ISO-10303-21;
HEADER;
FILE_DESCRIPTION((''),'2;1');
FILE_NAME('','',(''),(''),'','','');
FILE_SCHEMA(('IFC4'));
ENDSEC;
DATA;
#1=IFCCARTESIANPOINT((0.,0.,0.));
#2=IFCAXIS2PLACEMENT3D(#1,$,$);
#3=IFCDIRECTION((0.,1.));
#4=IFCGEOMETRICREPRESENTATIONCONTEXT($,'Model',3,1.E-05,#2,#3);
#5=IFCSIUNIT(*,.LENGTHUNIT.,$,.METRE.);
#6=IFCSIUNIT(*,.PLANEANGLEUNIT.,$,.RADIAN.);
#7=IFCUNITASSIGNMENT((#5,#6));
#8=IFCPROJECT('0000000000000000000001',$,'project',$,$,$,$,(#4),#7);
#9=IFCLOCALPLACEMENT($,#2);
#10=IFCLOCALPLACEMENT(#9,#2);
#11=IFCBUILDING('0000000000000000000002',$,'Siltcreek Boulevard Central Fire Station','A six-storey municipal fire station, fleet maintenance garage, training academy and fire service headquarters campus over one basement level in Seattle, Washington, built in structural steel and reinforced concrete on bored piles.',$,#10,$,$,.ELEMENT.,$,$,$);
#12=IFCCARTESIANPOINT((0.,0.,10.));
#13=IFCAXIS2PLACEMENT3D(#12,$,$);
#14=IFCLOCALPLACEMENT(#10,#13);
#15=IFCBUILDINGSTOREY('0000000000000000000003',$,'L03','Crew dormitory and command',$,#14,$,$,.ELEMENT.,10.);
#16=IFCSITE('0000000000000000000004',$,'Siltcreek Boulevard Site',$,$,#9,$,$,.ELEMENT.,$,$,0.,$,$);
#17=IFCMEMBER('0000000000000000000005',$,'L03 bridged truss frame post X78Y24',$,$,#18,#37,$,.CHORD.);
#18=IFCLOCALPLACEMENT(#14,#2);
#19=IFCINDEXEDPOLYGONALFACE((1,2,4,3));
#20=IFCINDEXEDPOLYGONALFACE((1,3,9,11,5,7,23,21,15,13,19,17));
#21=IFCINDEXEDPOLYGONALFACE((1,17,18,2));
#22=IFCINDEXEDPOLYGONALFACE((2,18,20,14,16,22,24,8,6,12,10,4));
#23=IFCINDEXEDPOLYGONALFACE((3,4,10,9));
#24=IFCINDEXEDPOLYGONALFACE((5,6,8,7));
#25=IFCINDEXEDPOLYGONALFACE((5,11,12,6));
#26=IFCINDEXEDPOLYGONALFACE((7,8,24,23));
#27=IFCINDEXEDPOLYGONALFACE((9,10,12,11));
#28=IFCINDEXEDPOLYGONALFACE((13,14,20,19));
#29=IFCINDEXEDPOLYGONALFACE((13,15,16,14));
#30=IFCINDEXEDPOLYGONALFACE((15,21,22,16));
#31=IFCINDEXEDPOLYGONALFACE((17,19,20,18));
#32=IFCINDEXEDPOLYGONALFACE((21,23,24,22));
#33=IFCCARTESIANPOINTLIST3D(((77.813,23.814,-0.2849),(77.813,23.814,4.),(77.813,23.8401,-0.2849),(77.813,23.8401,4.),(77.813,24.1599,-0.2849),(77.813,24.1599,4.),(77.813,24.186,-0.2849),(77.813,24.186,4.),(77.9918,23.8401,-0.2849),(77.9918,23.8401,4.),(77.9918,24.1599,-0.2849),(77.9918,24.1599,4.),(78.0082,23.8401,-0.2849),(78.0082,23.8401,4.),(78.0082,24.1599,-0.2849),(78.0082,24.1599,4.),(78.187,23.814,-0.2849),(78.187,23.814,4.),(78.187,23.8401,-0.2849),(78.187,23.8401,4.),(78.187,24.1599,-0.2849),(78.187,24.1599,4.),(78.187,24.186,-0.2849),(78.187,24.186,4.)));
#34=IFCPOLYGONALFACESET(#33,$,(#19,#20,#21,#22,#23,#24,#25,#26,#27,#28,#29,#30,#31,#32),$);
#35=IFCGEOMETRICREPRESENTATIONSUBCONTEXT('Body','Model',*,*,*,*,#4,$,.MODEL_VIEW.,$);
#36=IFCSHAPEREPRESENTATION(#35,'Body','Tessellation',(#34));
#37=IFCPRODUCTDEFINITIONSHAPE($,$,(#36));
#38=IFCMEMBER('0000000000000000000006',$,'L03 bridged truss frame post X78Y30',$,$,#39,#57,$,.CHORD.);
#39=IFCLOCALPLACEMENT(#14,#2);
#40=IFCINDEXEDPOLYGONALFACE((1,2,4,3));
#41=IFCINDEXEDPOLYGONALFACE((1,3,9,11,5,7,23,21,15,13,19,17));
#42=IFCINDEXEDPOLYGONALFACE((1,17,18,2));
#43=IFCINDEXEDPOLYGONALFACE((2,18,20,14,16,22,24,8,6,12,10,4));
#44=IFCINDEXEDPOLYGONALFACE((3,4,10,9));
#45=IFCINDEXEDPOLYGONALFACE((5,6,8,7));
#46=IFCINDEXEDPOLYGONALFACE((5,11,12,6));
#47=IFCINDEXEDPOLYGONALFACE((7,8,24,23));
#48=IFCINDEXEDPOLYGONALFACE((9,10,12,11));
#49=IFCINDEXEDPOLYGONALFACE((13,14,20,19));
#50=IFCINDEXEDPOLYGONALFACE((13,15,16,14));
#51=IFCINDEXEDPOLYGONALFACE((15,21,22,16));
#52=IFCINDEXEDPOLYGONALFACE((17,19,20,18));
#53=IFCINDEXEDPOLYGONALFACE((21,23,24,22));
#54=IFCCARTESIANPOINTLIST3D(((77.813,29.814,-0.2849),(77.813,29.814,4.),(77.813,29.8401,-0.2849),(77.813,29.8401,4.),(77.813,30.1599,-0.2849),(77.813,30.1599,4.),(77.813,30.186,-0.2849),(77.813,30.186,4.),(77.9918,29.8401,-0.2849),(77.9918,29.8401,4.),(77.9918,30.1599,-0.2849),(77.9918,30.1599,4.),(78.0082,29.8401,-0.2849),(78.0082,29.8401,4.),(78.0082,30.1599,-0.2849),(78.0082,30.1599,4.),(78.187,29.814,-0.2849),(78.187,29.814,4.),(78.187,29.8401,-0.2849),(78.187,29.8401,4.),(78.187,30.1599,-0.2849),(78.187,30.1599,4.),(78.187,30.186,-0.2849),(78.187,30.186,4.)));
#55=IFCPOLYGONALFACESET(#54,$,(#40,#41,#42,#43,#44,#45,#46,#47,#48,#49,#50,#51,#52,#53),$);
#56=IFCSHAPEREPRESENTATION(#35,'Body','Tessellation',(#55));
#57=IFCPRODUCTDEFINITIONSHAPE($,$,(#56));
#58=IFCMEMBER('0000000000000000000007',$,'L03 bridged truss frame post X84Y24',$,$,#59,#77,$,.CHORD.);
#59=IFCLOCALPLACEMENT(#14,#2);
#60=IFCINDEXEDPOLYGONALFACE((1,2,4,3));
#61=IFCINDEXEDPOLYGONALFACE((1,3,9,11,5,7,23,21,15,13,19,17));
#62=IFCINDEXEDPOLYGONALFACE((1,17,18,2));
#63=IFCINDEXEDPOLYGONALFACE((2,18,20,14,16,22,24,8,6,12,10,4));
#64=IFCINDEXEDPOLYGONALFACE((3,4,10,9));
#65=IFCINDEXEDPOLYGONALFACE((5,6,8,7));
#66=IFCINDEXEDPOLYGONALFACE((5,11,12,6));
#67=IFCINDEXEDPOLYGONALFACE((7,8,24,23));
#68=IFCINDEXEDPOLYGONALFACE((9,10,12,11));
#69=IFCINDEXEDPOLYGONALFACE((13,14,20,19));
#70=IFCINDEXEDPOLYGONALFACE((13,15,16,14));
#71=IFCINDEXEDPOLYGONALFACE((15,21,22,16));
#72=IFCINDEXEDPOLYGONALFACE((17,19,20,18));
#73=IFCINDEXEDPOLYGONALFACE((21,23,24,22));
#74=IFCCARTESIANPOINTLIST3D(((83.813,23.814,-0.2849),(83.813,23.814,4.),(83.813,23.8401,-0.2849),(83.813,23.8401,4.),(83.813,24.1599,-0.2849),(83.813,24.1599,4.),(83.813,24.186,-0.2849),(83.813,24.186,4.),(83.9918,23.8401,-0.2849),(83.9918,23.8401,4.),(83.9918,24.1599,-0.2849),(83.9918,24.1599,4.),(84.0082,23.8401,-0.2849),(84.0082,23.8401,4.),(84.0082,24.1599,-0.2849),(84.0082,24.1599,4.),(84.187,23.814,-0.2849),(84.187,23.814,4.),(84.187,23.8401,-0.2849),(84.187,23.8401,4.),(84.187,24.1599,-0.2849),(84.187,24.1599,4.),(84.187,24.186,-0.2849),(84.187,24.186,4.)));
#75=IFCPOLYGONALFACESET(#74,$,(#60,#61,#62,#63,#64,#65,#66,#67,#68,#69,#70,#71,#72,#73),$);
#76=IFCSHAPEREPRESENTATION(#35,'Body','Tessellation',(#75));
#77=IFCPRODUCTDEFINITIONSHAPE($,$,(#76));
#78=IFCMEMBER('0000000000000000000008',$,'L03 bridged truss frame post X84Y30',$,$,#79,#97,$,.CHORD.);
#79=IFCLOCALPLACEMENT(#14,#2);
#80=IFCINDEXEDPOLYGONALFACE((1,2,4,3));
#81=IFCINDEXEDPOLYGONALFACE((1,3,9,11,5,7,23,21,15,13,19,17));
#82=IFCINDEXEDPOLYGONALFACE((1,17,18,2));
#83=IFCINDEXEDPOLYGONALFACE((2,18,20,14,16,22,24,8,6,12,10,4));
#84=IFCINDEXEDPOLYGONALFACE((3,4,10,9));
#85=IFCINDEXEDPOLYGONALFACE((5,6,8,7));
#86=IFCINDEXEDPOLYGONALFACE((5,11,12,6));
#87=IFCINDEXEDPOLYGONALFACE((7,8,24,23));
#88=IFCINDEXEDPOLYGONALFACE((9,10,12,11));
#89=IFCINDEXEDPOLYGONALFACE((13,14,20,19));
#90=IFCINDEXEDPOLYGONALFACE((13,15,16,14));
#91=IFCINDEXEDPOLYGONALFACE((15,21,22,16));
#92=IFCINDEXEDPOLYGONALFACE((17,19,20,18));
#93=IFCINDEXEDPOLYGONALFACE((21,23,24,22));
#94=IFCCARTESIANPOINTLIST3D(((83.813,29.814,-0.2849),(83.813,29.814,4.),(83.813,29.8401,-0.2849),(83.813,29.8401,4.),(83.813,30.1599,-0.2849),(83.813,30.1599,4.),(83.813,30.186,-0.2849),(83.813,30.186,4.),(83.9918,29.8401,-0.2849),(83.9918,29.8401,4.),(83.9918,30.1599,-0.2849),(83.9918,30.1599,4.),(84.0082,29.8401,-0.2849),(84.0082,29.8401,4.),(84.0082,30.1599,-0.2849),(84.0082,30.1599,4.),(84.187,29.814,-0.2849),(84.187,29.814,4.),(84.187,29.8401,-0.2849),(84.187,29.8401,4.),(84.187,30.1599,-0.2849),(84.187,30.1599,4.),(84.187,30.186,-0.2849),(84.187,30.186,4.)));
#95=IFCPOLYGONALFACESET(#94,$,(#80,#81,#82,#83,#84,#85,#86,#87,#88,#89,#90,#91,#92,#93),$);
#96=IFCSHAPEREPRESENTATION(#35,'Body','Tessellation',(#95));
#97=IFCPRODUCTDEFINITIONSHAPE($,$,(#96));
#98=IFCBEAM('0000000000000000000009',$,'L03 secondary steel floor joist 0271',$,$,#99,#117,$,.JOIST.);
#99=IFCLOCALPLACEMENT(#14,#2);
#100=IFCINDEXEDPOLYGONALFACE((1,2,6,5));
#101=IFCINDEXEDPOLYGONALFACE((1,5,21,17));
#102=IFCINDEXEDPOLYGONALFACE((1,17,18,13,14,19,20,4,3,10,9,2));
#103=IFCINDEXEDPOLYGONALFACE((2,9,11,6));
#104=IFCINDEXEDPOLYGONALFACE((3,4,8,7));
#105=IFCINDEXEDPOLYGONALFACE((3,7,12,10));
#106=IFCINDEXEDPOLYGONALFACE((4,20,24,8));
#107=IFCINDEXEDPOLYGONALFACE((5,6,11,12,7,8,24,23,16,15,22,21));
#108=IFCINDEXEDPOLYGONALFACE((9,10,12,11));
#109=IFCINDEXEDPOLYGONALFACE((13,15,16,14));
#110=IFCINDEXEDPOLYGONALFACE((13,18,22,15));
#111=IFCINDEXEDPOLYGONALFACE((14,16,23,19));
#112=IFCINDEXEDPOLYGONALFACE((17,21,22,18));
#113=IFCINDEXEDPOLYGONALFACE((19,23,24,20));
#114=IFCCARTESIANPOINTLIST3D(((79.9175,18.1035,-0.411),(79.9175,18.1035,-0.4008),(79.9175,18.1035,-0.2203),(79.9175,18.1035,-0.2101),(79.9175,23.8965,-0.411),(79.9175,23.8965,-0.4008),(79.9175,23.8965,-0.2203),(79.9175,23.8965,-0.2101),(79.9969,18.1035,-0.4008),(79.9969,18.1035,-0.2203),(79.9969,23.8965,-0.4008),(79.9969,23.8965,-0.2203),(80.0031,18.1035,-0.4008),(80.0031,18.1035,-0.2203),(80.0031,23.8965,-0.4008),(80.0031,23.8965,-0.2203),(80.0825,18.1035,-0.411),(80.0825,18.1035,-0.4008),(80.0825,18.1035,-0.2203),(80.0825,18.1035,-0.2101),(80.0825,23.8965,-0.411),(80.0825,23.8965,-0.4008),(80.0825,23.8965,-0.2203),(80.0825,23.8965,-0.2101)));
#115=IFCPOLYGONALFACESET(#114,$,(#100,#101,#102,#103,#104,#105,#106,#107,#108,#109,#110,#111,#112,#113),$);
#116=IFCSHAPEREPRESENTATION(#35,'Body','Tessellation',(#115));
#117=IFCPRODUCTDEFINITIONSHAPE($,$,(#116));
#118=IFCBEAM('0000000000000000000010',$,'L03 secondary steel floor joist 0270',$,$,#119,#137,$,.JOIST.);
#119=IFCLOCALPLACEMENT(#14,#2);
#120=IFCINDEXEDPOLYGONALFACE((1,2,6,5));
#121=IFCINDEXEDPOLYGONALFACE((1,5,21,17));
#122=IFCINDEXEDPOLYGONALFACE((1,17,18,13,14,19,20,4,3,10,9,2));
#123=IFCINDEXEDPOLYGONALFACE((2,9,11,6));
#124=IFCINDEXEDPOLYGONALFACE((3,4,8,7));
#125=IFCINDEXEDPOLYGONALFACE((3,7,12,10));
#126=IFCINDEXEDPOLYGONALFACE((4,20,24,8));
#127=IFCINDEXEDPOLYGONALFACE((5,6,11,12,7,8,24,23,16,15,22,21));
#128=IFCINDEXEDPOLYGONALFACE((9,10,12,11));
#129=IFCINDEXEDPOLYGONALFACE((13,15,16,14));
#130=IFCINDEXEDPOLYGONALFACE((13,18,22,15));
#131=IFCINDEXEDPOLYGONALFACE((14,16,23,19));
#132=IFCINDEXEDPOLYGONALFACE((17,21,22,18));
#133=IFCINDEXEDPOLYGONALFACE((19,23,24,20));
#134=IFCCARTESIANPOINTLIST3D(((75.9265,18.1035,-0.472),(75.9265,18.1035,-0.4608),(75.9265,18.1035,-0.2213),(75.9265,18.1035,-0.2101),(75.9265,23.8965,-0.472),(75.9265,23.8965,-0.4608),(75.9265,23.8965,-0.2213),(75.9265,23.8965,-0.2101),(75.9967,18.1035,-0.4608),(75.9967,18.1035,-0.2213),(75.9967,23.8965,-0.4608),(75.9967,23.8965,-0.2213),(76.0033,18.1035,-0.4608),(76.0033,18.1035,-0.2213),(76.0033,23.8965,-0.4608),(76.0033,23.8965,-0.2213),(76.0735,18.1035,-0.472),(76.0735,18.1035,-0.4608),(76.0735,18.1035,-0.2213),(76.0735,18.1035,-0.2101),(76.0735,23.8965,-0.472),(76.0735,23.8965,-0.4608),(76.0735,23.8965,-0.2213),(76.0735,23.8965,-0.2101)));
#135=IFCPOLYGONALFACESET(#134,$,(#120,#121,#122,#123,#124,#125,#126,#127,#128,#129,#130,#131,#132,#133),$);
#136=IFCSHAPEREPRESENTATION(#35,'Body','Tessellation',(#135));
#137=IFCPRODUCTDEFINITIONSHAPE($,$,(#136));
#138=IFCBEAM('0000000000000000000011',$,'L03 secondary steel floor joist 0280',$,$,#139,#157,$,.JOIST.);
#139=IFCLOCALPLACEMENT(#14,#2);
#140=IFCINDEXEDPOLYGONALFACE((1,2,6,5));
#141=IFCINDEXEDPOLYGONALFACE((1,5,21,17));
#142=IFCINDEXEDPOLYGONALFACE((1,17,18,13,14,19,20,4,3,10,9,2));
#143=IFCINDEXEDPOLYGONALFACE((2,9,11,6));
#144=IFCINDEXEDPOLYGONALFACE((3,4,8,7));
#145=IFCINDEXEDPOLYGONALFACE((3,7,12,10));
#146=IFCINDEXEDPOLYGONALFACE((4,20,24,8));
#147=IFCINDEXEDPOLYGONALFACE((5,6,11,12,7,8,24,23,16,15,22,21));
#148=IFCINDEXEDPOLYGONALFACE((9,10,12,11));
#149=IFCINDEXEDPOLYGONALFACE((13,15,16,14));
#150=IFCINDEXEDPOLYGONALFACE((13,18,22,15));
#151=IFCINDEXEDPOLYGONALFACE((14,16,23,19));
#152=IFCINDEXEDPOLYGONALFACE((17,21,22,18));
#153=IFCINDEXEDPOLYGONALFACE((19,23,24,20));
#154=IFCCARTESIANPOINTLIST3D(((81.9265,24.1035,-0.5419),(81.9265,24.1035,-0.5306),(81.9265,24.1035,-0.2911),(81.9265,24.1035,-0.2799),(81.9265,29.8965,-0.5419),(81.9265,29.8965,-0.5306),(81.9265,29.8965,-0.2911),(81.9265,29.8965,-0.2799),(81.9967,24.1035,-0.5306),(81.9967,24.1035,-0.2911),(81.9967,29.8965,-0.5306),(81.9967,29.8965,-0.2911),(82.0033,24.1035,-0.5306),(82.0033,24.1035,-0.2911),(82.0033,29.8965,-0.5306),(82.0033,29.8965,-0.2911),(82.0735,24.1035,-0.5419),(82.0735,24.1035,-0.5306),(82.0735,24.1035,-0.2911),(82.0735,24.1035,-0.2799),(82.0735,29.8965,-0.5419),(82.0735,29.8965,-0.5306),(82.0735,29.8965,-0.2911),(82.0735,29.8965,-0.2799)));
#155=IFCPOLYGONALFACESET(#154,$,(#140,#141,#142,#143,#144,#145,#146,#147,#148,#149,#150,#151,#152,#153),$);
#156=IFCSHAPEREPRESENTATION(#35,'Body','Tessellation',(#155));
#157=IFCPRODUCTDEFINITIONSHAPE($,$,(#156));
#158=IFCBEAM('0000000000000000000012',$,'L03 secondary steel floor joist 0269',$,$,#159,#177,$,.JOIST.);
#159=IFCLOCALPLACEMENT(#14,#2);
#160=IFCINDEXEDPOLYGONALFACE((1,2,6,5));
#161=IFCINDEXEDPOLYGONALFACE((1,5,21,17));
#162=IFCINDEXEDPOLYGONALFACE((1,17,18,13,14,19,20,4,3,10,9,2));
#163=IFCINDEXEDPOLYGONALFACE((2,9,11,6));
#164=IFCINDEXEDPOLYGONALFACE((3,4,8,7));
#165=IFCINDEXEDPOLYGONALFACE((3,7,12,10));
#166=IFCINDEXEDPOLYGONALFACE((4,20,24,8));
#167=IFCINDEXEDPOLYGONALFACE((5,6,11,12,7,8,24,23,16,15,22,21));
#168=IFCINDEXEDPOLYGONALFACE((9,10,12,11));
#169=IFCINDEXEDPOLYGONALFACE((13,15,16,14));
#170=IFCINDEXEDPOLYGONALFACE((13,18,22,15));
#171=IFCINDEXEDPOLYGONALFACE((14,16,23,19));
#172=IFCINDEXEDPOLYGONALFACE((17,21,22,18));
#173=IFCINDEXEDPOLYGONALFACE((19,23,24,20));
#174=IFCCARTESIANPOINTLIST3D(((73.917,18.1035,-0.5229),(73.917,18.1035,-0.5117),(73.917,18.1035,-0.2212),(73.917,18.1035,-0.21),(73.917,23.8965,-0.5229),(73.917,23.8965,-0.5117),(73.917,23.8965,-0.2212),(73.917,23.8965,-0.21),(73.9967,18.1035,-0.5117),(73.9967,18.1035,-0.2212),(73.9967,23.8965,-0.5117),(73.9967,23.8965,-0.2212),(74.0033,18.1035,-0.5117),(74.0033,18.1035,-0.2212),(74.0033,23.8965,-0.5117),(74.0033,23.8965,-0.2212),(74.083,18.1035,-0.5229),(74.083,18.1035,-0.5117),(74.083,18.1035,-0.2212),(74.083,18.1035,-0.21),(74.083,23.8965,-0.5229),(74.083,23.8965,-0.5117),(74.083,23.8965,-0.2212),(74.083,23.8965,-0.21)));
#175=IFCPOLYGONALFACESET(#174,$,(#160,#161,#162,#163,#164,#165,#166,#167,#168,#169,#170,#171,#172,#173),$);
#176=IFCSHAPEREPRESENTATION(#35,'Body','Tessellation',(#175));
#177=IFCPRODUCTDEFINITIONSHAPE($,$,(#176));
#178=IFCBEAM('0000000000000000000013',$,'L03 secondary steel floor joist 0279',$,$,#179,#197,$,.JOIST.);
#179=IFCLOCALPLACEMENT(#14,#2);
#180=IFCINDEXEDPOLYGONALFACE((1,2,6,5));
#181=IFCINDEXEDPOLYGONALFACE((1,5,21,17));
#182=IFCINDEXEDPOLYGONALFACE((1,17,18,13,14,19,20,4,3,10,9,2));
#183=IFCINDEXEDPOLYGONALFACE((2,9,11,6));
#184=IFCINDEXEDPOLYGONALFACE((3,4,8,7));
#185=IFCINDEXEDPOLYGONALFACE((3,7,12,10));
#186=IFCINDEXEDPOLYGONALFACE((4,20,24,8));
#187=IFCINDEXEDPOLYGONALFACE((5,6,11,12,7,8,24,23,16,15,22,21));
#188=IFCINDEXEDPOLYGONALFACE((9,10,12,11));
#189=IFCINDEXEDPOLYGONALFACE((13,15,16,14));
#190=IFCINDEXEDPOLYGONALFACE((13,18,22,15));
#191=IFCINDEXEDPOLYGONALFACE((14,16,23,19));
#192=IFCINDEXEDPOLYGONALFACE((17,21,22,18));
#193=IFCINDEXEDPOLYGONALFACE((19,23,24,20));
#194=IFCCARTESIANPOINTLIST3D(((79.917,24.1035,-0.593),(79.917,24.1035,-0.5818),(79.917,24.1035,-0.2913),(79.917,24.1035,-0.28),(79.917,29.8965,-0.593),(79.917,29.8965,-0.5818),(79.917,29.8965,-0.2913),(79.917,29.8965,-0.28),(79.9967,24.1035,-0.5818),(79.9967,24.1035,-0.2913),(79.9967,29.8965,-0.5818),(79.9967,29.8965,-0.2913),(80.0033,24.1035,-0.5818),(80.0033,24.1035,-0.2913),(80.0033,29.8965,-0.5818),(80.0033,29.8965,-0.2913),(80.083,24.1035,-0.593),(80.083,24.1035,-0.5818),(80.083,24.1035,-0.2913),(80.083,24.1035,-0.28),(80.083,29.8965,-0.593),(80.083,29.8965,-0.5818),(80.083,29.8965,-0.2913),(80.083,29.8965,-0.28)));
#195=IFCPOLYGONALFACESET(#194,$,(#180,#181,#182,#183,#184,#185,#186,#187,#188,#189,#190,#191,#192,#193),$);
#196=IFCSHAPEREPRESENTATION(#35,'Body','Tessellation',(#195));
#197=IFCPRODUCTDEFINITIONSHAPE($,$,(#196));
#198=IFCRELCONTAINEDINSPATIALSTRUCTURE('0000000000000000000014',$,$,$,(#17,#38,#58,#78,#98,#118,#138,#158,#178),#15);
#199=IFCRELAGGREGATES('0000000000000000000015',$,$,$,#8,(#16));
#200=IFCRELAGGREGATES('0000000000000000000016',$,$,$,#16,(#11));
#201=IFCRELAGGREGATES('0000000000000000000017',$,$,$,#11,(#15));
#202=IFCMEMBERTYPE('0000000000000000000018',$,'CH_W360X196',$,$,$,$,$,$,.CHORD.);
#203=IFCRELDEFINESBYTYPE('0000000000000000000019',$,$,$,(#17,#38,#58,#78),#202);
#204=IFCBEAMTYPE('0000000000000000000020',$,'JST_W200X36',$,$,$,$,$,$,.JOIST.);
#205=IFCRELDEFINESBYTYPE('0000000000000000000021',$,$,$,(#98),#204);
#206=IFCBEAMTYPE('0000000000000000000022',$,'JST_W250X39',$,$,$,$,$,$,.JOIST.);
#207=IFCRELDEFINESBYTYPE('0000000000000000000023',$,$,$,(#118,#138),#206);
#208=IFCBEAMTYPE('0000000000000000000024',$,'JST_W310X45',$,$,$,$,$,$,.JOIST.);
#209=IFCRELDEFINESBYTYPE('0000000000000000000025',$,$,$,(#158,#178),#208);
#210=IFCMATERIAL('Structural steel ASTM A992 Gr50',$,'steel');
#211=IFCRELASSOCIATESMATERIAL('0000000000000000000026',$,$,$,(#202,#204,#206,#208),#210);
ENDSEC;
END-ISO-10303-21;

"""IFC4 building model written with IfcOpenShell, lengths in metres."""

from ifc_helpers import new_model, si_unit, direction, frame, origin, origin_2d, place, context, subcontext, project, spatial, i_section, extrude, material, material_profile, profile_set, type_object, element, save


model = new_model("IFC4")

# Units and contexts
model_context = context("Model", 3, precision=1e-05, world=origin(), true_north=direction((0.0, 1.0)))
body_context = subcontext(model_context, "Body", "Model", "MODEL_VIEW")
ifc_project = project(units=[si_unit("LENGTHUNIT", "METRE"), si_unit("PLANEANGLEUNIT", "RADIAN")], contexts=[model_context])

# Site, building, storey
site_placement = place(None, origin())
site = spatial("IfcSite", under=ifc_project, at=site_placement, Name="Siltcreek Boulevard Site", CompositionType="ELEMENT", RefElevation=0.0)
building_placement = place(site_placement, origin())
building = spatial("IfcBuilding", under=site, at=building_placement, Name="Siltcreek Boulevard Central Fire Station", Description="A six-storey municipal fire station, fleet maintenance garage, training academy and fire service headquarters campus over one basement level in Seattle, Washington, built in structural steel and reinforced concrete on bored piles.", CompositionType="ELEMENT")
storey_placement = place(building_placement, frame((0.0, 0.0, 10.0)))
storey = spatial("IfcBuildingStorey", under=building, at=storey_placement, Name="L03", Description="Crew dormitory and command", CompositionType="ELEMENT", Elevation=10.0)

# Shared definitions
ifc_material_1 = material(Name="Structural steel ASTM A992 Gr50", Category="steel")

# Members
ifc_material_profile_1 = material_profile(ifc_material_1, i_section(OverallWidth=0.374, OverallDepth=0.3721, WebThickness=0.0164, FlangeThickness=0.0261, at=origin_2d()), Name="W360X196")
ifc_profile_set_1 = profile_set([ifc_material_profile_1], Name="Structural steel ASTM A992 Gr50")
member_type = type_object("IfcMemberType", Name="CH_W360X196", PredefinedType="CHORD", material=ifc_profile_set_1)
for number, where, z_axis, x_axis, name in (
    (1, (78.0, 24.0, -0.2849), (0.0, 0.0, 1.0), (1.0, 0.0, 0.0), "L03 bridged truss frame post X78Y24"),
    (2, (78.0, 30.0, -0.2849), (0.0, 0.0, 1.0), (1.0, 0.0, 0.0), "L03 bridged truss frame post X78Y30"),
    (3, (84.0, 24.0, -0.2849), (0.0, 0.0, 1.0), (1.0, 0.0, 0.0), "L03 bridged truss frame post X84Y24"),
    (4, (84.0, 30.0, -0.2849), (0.0, 0.0, 1.0), (1.0, 0.0, 0.0), "L03 bridged truss frame post X84Y30"),
):
    element("IfcMember", number, at=place(storey_placement, frame(where, z_axis=z_axis, x_axis=x_axis)), inside=storey, type_object=member_type, Name=name, PredefinedType="CHORD", context=body_context, shape_type="SweptSolid", body=[
        extrude(i_section(OverallWidth=0.374, OverallDepth=0.3721, WebThickness=0.0164, FlangeThickness=0.0261, at=origin_2d()), origin(), (0.0, 0.0, 1.0), 4.2849),
    ])

# Beams
ifc_material_profile_2 = material_profile(ifc_material_1, i_section(OverallWidth=0.165, OverallDepth=0.2009, WebThickness=0.0061, FlangeThickness=0.0103, at=origin_2d()), Name="W200X36")
ifc_profile_set_2 = profile_set([ifc_material_profile_2], Name="Structural steel ASTM A992 Gr50")
beam_type_1 = type_object("IfcBeamType", Name="JST_W200X36", PredefinedType="JOIST", material=ifc_profile_set_2)
beam_1_placement = place(storey_placement, frame((80.0, 18.1035, -0.3105), z_axis=(0.0, 1.0, 0.0), x_axis=(-1.0, 0.0, 0.0)))
element("IfcBeam", 5, at=beam_1_placement, inside=storey, type_object=beam_type_1, Name="L03 secondary steel floor joist 0271", PredefinedType="JOIST", context=body_context, shape_type="SweptSolid", body=[
    extrude(i_section(OverallWidth=0.165, OverallDepth=0.2009, WebThickness=0.0061, FlangeThickness=0.0103, at=origin_2d()), origin(), (0.0, 0.0, 1.0), 5.793),
])
ifc_material_profile_3 = material_profile(ifc_material_1, i_section(OverallWidth=0.147, OverallDepth=0.262, WebThickness=0.0066, FlangeThickness=0.0112, at=origin_2d()), Name="W250X39")
ifc_profile_set_3 = profile_set([ifc_material_profile_3], Name="Structural steel ASTM A992 Gr50")
beam_type_2 = type_object("IfcBeamType", Name="JST_W250X39", PredefinedType="JOIST", material=ifc_profile_set_3)
for number, where, z_axis, x_axis, name in (
    (6, (76.0, 18.1035, -0.3411), (0.0, 1.0, 0.0), (-1.0, 0.0, 0.0), "L03 secondary steel floor joist 0270"),
    (7, (82.0, 24.1035, -0.4109), (0.0, 1.0, 0.0), (-1.0, 0.0, 0.0), "L03 secondary steel floor joist 0280"),
):
    element("IfcBeam", number, at=place(storey_placement, frame(where, z_axis=z_axis, x_axis=x_axis)), inside=storey, type_object=beam_type_2, Name=name, PredefinedType="JOIST", context=body_context, shape_type="SweptSolid", body=[
        extrude(i_section(OverallWidth=0.147, OverallDepth=0.262, WebThickness=0.0066, FlangeThickness=0.0112, at=origin_2d()), origin(), (0.0, 0.0, 1.0), 5.793),
    ])
ifc_material_profile_4 = material_profile(ifc_material_1, i_section(OverallWidth=0.166, OverallDepth=0.313, WebThickness=0.0066, FlangeThickness=0.0112, at=origin_2d()), Name="W310X45")
ifc_profile_set_4 = profile_set([ifc_material_profile_4], Name="Structural steel ASTM A992 Gr50")
beam_type_3 = type_object("IfcBeamType", Name="JST_W310X45", PredefinedType="JOIST", material=ifc_profile_set_4)
for number, where, z_axis, x_axis, name in (
    (8, (74.0, 18.1035, -0.3665), (0.0, 1.0, 0.0), (-1.0, 0.0, 0.0), "L03 secondary steel floor joist 0269"),
    (9, (80.0, 24.1035, -0.4365), (0.0, 1.0, 0.0), (-1.0, 0.0, 0.0), "L03 secondary steel floor joist 0279"),
):
    element("IfcBeam", number, at=place(storey_placement, frame(where, z_axis=z_axis, x_axis=x_axis)), inside=storey, type_object=beam_type_3, Name=name, PredefinedType="JOIST", context=body_context, shape_type="SweptSolid", body=[
        extrude(i_section(OverallWidth=0.166, OverallDepth=0.313, WebThickness=0.0066, FlangeThickness=0.0112, at=origin_2d()), origin(), (0.0, 0.0, 1.0), 5.793),
    ])

save(model, "model.ifc")
